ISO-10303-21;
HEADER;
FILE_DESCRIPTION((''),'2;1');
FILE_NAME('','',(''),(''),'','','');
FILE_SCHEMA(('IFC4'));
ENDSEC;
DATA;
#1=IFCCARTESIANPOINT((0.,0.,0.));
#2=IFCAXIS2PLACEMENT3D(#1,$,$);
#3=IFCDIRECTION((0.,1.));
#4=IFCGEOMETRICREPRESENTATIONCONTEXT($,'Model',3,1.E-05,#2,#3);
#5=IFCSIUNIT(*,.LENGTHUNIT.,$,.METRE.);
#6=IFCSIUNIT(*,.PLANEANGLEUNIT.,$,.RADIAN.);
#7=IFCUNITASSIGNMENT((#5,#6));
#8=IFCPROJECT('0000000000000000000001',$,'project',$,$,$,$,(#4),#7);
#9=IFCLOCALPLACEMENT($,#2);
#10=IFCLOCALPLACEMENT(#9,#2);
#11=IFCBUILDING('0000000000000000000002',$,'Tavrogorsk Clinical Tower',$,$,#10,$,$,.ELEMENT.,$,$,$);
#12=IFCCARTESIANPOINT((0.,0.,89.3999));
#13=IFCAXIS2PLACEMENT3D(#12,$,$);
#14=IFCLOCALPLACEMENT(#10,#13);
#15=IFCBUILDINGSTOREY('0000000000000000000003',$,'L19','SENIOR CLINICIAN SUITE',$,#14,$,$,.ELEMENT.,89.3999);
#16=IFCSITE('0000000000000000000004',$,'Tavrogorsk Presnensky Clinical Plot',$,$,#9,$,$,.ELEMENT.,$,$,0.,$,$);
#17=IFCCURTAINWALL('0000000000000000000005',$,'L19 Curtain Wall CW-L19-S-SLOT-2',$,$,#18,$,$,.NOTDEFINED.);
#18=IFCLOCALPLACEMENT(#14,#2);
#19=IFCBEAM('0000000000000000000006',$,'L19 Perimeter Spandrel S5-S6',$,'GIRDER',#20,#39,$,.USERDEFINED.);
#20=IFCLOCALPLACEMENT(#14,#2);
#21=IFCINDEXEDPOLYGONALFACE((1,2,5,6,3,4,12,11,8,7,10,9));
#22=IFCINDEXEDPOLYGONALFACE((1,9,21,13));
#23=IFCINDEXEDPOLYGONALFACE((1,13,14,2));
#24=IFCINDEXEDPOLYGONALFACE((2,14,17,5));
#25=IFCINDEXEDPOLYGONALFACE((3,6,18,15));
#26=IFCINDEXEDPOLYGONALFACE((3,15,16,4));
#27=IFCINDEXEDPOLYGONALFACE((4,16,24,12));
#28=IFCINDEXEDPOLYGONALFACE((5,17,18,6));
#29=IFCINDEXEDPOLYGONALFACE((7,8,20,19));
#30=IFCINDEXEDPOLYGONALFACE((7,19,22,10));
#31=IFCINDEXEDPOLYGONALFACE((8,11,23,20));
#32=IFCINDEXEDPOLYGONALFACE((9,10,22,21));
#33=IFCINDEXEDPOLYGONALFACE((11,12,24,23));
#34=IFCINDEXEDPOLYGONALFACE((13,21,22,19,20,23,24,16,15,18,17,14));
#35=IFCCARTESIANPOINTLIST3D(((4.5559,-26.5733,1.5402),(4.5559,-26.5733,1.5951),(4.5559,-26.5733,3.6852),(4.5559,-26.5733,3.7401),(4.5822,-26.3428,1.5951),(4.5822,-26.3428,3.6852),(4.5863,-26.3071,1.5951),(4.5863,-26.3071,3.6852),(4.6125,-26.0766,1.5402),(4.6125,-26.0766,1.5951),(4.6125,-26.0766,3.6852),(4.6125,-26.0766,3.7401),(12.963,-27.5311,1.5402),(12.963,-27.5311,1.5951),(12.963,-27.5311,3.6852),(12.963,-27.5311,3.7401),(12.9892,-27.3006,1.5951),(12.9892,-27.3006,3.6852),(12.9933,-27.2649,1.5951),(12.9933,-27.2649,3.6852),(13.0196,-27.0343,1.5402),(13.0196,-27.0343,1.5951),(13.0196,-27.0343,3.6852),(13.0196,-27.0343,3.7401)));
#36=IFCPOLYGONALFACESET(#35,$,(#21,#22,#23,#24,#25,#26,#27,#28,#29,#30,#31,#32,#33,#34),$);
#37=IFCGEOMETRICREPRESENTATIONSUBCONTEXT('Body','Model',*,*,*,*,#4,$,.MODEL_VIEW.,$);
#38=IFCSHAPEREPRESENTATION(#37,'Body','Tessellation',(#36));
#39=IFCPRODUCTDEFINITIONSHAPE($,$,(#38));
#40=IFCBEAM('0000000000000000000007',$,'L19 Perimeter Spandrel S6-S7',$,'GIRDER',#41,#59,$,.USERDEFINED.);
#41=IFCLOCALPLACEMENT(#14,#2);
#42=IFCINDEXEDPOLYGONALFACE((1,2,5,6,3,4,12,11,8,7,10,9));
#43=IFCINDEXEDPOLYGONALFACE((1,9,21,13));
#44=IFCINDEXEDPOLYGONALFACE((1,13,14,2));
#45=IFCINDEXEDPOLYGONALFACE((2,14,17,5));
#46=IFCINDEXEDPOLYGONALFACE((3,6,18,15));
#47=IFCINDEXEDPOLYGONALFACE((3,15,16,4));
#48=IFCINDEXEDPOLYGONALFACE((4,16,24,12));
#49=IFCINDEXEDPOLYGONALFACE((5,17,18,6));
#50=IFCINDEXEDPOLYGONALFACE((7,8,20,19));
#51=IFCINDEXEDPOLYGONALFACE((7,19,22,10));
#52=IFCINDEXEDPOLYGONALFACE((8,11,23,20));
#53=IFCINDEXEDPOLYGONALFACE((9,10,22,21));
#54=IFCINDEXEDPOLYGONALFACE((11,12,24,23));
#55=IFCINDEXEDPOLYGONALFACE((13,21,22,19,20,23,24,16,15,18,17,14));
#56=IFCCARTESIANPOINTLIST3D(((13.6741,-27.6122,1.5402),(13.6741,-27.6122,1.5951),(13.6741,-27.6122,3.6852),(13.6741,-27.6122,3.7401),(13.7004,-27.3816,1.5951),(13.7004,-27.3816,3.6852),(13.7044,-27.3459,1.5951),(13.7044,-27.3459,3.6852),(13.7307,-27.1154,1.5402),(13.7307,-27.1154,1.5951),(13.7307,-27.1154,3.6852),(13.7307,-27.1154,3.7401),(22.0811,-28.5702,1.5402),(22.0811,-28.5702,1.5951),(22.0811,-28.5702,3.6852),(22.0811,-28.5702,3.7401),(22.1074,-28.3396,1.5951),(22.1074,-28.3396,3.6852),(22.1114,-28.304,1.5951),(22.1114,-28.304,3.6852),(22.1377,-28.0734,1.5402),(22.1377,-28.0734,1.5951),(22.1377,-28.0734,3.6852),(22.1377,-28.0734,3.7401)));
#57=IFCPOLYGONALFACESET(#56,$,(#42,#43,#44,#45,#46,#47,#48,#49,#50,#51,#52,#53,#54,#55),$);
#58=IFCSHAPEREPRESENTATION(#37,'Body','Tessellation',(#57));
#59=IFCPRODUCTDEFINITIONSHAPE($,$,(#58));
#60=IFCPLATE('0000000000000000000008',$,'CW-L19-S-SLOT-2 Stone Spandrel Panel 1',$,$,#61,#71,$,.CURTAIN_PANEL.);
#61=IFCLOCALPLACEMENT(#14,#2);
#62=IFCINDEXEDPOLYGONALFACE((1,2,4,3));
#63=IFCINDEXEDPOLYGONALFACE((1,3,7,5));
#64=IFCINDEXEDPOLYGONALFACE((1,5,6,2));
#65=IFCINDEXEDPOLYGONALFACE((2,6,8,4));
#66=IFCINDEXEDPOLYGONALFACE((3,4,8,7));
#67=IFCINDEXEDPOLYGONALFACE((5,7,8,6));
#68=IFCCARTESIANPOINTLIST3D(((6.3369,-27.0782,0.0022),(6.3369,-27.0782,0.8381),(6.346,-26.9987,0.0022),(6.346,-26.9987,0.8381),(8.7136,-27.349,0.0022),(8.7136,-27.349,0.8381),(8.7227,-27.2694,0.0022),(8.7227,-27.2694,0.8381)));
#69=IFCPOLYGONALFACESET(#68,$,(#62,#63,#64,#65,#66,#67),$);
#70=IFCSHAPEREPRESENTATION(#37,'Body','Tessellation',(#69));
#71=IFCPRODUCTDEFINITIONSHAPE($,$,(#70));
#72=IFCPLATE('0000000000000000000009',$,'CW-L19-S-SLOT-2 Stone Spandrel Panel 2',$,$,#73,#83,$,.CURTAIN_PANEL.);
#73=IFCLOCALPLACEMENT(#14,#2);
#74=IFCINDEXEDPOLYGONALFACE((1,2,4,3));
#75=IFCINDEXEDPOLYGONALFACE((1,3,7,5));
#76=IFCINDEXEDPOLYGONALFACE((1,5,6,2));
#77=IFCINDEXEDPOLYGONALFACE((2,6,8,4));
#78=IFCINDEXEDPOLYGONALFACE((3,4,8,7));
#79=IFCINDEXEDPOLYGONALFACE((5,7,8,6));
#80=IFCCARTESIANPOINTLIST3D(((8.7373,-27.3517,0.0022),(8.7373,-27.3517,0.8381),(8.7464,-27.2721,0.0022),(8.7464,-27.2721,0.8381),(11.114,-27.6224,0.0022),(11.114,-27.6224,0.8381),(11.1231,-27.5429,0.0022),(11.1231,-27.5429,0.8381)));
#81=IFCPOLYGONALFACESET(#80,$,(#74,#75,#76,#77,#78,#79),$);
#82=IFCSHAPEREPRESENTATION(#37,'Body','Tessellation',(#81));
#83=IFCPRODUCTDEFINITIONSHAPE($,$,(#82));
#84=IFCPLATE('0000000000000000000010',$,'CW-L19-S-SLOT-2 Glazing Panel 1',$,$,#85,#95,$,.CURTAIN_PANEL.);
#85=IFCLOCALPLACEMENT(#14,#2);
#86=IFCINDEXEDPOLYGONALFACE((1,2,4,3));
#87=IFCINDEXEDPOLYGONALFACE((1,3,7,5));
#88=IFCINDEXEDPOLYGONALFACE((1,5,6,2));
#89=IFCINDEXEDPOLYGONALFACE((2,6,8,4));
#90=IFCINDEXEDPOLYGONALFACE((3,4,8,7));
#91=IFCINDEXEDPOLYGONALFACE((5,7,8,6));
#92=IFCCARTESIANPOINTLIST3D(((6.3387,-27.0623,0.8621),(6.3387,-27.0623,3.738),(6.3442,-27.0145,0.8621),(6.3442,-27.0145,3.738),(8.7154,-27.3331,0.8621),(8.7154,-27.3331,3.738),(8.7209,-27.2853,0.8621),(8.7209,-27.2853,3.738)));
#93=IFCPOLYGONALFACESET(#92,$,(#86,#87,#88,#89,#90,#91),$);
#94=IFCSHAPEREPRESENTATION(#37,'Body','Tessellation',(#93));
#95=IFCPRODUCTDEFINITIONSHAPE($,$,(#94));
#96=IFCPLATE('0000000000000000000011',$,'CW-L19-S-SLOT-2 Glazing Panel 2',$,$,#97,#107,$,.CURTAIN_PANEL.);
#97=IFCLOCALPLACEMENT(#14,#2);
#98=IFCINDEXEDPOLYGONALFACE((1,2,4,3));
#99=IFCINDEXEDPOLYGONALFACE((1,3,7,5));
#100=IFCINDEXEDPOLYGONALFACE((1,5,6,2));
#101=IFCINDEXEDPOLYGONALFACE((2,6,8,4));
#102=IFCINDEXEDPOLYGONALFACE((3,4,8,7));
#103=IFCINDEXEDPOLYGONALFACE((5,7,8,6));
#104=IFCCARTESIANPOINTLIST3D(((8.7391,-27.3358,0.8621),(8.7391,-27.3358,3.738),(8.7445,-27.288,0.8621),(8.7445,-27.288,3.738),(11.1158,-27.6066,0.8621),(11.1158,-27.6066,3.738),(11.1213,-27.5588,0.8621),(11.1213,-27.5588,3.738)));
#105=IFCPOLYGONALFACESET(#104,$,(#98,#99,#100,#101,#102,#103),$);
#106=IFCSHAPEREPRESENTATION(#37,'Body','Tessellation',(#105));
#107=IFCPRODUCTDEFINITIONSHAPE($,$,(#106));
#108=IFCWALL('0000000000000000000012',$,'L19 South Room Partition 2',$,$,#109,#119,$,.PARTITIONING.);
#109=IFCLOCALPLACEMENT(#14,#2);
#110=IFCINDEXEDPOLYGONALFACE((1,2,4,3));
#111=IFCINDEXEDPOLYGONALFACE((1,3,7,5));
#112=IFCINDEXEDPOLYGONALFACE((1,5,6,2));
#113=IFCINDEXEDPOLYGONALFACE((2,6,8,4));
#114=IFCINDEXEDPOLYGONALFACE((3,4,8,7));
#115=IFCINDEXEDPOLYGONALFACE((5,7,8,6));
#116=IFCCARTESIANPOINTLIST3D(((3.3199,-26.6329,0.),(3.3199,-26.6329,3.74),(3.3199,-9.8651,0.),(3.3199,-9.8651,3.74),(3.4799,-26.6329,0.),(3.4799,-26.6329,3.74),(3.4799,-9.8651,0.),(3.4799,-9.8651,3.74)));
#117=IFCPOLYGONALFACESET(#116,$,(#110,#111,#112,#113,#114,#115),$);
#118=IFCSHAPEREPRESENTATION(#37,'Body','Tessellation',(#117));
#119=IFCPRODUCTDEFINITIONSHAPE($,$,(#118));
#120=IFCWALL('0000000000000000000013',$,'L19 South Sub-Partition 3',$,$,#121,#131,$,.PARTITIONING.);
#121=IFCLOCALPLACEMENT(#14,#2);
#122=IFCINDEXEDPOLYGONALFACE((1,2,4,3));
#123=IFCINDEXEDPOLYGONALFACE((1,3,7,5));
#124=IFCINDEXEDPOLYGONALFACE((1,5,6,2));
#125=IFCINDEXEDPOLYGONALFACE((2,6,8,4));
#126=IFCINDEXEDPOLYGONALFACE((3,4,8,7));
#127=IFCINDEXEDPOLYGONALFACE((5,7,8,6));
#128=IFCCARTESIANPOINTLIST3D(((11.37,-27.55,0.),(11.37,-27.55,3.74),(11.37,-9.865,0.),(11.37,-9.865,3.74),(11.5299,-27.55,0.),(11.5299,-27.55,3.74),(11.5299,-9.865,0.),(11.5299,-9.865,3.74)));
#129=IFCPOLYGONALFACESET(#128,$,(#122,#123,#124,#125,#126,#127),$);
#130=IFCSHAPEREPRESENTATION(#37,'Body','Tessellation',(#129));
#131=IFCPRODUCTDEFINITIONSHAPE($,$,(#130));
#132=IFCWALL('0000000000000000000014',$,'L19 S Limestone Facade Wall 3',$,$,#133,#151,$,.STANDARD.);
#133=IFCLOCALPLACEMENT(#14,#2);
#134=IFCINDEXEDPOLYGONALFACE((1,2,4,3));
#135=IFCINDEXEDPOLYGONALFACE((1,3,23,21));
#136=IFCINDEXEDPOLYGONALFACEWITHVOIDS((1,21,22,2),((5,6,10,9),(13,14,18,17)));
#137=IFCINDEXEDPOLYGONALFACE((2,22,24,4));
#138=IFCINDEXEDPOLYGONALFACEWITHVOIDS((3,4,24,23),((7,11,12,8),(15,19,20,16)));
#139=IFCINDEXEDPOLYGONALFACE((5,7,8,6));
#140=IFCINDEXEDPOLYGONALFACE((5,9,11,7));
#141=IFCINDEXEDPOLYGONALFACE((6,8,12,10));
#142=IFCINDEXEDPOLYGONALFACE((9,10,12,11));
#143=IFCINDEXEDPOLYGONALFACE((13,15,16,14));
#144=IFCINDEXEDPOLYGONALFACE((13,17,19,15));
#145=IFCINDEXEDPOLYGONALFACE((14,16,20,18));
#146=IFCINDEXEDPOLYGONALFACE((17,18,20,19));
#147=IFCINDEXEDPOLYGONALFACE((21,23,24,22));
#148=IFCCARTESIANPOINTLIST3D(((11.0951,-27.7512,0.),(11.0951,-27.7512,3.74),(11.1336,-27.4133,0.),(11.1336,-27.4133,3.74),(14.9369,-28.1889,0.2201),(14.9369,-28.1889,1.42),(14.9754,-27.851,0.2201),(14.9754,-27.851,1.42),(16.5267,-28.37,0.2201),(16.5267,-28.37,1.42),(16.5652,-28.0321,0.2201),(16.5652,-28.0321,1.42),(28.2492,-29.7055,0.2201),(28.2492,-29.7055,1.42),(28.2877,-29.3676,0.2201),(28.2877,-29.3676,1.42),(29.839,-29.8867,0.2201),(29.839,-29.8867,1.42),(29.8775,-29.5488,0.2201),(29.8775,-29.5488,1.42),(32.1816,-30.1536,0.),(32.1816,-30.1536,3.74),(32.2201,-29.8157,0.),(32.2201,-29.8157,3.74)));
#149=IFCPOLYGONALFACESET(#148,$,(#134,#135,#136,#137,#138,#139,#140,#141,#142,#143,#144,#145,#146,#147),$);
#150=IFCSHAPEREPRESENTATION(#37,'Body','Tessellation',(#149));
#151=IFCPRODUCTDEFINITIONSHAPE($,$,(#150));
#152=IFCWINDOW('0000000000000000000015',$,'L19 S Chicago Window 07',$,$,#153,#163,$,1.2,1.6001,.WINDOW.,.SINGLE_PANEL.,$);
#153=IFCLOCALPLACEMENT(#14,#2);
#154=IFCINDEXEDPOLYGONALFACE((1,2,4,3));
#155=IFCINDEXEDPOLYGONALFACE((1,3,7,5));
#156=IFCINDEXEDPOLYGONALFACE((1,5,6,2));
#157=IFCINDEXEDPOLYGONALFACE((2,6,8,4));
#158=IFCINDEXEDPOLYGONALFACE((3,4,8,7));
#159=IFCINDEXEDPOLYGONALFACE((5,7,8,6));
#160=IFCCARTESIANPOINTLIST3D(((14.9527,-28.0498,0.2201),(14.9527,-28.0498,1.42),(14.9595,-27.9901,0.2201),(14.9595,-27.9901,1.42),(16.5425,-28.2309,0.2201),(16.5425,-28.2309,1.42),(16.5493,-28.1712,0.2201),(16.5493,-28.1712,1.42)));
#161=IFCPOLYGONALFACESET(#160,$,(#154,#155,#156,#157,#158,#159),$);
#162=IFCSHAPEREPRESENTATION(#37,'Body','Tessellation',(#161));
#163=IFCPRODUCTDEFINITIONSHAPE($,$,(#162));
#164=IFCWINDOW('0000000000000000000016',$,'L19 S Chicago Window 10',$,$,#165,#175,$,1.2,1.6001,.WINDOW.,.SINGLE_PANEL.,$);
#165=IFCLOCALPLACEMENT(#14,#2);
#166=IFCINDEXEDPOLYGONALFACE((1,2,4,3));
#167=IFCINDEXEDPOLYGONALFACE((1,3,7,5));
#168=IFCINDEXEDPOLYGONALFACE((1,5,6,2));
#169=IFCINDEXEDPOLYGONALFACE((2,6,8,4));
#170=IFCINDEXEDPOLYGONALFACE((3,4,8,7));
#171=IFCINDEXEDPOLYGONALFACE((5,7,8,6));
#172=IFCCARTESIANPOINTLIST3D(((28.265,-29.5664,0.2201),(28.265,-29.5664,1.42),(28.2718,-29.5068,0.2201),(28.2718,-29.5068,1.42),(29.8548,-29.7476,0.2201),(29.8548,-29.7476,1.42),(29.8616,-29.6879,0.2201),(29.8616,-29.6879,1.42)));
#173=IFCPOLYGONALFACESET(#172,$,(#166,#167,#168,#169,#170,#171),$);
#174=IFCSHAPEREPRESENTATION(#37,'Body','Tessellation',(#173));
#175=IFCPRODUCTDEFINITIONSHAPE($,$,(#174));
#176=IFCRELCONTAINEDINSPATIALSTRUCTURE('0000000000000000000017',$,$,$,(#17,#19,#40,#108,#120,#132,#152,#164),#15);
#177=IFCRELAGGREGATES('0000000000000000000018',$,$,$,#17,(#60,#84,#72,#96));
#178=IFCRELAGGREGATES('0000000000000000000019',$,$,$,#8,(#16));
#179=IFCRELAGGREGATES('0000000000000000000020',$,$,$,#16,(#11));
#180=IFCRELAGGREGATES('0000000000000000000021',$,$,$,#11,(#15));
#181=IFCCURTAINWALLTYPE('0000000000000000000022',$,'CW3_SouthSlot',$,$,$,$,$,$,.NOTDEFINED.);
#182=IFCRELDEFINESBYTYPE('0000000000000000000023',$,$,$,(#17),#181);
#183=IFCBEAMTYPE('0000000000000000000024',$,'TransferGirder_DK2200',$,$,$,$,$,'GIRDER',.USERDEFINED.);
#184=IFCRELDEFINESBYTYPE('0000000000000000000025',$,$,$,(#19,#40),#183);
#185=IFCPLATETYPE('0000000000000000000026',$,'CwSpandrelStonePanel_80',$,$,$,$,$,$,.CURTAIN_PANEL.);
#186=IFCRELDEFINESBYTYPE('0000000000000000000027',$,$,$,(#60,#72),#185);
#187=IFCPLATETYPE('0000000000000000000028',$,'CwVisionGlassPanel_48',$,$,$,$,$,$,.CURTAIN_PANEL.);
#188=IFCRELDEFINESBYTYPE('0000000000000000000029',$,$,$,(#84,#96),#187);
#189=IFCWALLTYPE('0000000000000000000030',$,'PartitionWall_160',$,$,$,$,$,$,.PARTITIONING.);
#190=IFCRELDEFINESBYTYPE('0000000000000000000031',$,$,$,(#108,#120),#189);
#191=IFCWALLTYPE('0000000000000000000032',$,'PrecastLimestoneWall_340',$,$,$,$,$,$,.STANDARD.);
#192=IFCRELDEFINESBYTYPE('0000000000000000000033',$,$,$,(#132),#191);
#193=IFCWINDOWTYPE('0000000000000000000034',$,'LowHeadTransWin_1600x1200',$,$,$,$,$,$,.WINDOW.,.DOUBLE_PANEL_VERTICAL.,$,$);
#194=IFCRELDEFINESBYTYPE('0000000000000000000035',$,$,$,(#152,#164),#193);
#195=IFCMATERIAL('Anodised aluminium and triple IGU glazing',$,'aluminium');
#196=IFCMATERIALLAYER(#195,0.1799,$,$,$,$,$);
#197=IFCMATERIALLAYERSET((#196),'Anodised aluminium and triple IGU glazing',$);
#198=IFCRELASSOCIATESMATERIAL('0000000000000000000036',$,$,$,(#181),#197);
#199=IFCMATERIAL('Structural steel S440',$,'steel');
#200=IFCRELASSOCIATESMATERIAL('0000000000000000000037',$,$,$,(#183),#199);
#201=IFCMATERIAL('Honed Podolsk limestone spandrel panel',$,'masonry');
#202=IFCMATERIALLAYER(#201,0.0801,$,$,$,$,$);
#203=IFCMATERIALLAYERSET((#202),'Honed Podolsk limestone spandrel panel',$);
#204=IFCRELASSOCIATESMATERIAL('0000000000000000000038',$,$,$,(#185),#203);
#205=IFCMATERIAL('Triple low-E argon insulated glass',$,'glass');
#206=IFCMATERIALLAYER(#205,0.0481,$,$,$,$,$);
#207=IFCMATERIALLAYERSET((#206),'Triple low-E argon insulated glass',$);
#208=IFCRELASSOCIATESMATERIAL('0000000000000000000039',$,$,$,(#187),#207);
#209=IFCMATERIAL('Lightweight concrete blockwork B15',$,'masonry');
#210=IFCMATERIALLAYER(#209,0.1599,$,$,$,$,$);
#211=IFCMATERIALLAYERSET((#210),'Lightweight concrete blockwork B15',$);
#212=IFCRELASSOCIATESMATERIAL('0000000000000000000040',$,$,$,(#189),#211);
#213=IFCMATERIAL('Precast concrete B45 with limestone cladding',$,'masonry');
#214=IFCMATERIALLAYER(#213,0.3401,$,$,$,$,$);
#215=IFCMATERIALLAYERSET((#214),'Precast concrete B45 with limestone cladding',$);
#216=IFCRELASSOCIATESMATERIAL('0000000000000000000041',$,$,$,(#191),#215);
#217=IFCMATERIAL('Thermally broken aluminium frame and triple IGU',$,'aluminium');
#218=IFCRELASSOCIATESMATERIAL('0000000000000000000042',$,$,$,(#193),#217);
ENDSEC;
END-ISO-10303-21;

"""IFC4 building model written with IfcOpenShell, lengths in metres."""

from ifc_helpers import new_model, si_unit, direction, frame, frame_2d, origin, origin_2d, place, context, subcontext, project, spatial, rectangle, i_section, extrude, material, layer, layer_set, material_profile, profile_set, type_object, element, fill, aggregate, save


model = new_model("IFC4")

# Units and contexts
model_context = context("Model", 3, precision=1e-05, world=origin(), true_north=direction((0.0, 1.0)))
body_context = subcontext(model_context, "Body", "Model", "MODEL_VIEW")
ifc_project = project(units=[si_unit("LENGTHUNIT", "METRE"), si_unit("PLANEANGLEUNIT", "RADIAN")], contexts=[model_context])

# Site, building, storey
site_placement = place(None, origin())
site = spatial("IfcSite", under=ifc_project, at=site_placement, Name="Tavrogorsk Presnensky Clinical Plot", CompositionType="ELEMENT", RefElevation=0.0)
building_placement = place(site_placement, origin())
building = spatial("IfcBuilding", under=site, at=building_placement, Name="Tavrogorsk Clinical Tower", CompositionType="ELEMENT")
storey_placement = place(building_placement, frame((0.0, 0.0, 89.3999)))
storey = spatial("IfcBuildingStorey", under=building, at=storey_placement, Name="L19", Description="SENIOR CLINICIAN SUITE", CompositionType="ELEMENT", Elevation=89.3999)

# Curtain wall
ifc_material_1 = material(Name="Anodised aluminium and triple IGU glazing", Category="aluminium")
ifc_layer_1 = layer(ifc_material_1, 0.1799)
ifc_layer_set_1 = layer_set([ifc_layer_1], Name="Anodised aluminium and triple IGU glazing")
curtain_wall_type = type_object("IfcCurtainWallType", Name="CW3_SouthSlot", PredefinedType="NOTDEFINED", material=ifc_layer_set_1)
curtain_wall_placement = place(storey_placement, origin())
curtain_wall = element("IfcCurtainWall", 1, at=curtain_wall_placement, inside=storey, type_object=curtain_wall_type, Name="L19 Curtain Wall CW-L19-S-SLOT-2", PredefinedType="NOTDEFINED")

# Beams
ifc_material_2 = material(Name="Structural steel S440", Category="steel")
ifc_material_profile_1 = material_profile(ifc_material_2, i_section(OverallWidth=0.5, OverallDepth=2.2, WebThickness=0.0359, FlangeThickness=0.0549, at=origin_2d()), Name="DK-2200x500x36x55")
ifc_profile_set_1 = profile_set([ifc_material_profile_1], Name="Structural steel S440")
beam_type = type_object("IfcBeamType", Name="TransferGirder_DK2200", ElementType="GIRDER", PredefinedType="USERDEFINED", material=ifc_profile_set_1)
for number, where, z_axis, x_axis, name in (
    (2, (4.5842, -26.325, 2.6401), (0.993573, -0.113193, 0.0), (0.113193, 0.993573, 0.0), "L19 Perimeter Spandrel S5-S6"),
    (3, (13.7024, -27.3638, 2.6401), (0.99357, -0.113221, 0.0), (0.113221, 0.99357, 0.0), "L19 Perimeter Spandrel S6-S7"),
):
    element("IfcBeam", number, at=place(storey_placement, frame(where, z_axis=z_axis, x_axis=x_axis)), inside=storey, type_object=beam_type, Name=name, ObjectType="GIRDER", PredefinedType="USERDEFINED", context=body_context, shape_type="SweptSolid", body=[
        extrude(i_section(OverallWidth=0.5, OverallDepth=2.2, WebThickness=0.0359, FlangeThickness=0.0549, at=origin_2d()), origin(), (0.0, 0.0, 1.0), 8.4614),
    ])

# Plates
ifc_material_3 = material(Name="Honed Podolsk limestone spandrel panel", Category="masonry")
ifc_layer_2 = layer(ifc_material_3, 0.0801)
ifc_layer_set_2 = layer_set([ifc_layer_2], Name="Honed Podolsk limestone spandrel panel")
plate_type_1 = type_object("IfcPlateType", Name="CwSpandrelStonePanel_80", PredefinedType="CURTAIN_PANEL", material=ifc_layer_set_2)
plate_1_placement = place(storey_placement, frame((7.5298, -27.1738, 0.0022), z_axis=(0.0, 0.0, 1.0), x_axis=(0.993572, -0.113203, 0.0)))
plate_1 = element("IfcPlate", 4, at=plate_1_placement, type_object=plate_type_1, Name="CW-L19-S-SLOT-2 Stone Spandrel Panel 1", PredefinedType="CURTAIN_PANEL", context=body_context, shape_type="SweptSolid", body=[
    extrude(rectangle(XDim=2.3921, YDim=0.0801, at=origin_2d()), origin(), (0.0, 0.0, 1.0), 0.8359),
])
plate_2_placement = place(storey_placement, frame((9.9302, -27.4473, 0.0022), z_axis=(0.0, 0.0, 1.0), x_axis=(0.993572, -0.113203, 0.0)))
plate_2 = element("IfcPlate", 5, at=plate_2_placement, type_object=plate_type_1, Name="CW-L19-S-SLOT-2 Stone Spandrel Panel 2", PredefinedType="CURTAIN_PANEL", context=body_context, shape_type="SweptSolid", body=[
    extrude(rectangle(XDim=2.3921, YDim=0.0801, at=origin_2d()), origin(), (0.0, 0.0, 1.0), 0.8359),
])
ifc_material_4 = material(Name="Triple low-E argon insulated glass", Category="glass")
ifc_layer_3 = layer(ifc_material_4, 0.0481)
ifc_layer_set_3 = layer_set([ifc_layer_3], Name="Triple low-E argon insulated glass")
plate_type_2 = type_object("IfcPlateType", Name="CwVisionGlassPanel_48", PredefinedType="CURTAIN_PANEL", material=ifc_layer_set_3)
plate_3_placement = place(storey_placement, frame((7.5298, -27.1738, 0.8621), z_axis=(0.0, 0.0, 1.0), x_axis=(0.993572, -0.113203, 0.0)))
plate_3 = element("IfcPlate", 6, at=plate_3_placement, type_object=plate_type_2, Name="CW-L19-S-SLOT-2 Glazing Panel 1", PredefinedType="CURTAIN_PANEL", context=body_context, shape_type="SweptSolid", body=[
    extrude(rectangle(XDim=2.3921, YDim=0.0481, at=origin_2d()), origin(), (0.0, 0.0, 1.0), 2.876),
])
plate_4_placement = place(storey_placement, frame((9.9302, -27.4473, 0.8621), z_axis=(0.0, 0.0, 1.0), x_axis=(0.993572, -0.113203, 0.0)))
plate_4 = element("IfcPlate", 7, at=plate_4_placement, type_object=plate_type_2, Name="CW-L19-S-SLOT-2 Glazing Panel 2", PredefinedType="CURTAIN_PANEL", context=body_context, shape_type="SweptSolid", body=[
    extrude(rectangle(XDim=2.3921, YDim=0.0481, at=origin_2d()), origin(), (0.0, 0.0, 1.0), 2.876),
])
aggregate(curtain_wall, [plate_1, plate_3, plate_2, plate_4])

# Walls
ifc_material_5 = material(Name="Lightweight concrete blockwork B15", Category="masonry")
ifc_layer_4 = layer(ifc_material_5, 0.1599)
ifc_layer_set_4 = layer_set([ifc_layer_4], Name="Lightweight concrete blockwork B15")
wall_type_1 = type_object("IfcWallType", Name="PartitionWall_160", PredefinedType="PARTITIONING", material=ifc_layer_set_4)
wall_1_placement = place(storey_placement, frame((3.3999, -26.6328, 0.0), z_axis=(0.0, 0.0, 1.0), x_axis=(0.0, 1.0, 0.0)))
element("IfcWall", 8, at=wall_1_placement, inside=storey, type_object=wall_type_1, Name="L19 South Room Partition 2", PredefinedType="PARTITIONING", context=body_context, shape_type="SweptSolid", body=[
    extrude(rectangle(XDim=16.7678, YDim=0.1599, at=frame_2d((8.3838, 0.0))), origin(), (0.0, 0.0, 1.0), 3.74),
])
wall_2_placement = place(storey_placement, frame((11.45, -27.55, 0.0), z_axis=(0.0, 0.0, 1.0), x_axis=(0.0, 1.0, 0.0)))
element("IfcWall", 9, at=wall_2_placement, inside=storey, type_object=wall_type_1, Name="L19 South Sub-Partition 3", PredefinedType="PARTITIONING", context=body_context, shape_type="SweptSolid", body=[
    extrude(rectangle(XDim=17.6851, YDim=0.1599, at=frame_2d((8.8425, 0.0))), origin(), (0.0, 0.0, 1.0), 3.74),
])

# Wall, openings, windows
ifc_material_6 = material(Name="Precast concrete B45 with limestone cladding", Category="masonry")
ifc_layer_5 = layer(ifc_material_6, 0.3401)
ifc_layer_set_5 = layer_set([ifc_layer_5], Name="Precast concrete B45 with limestone cladding")
wall_type_2 = type_object("IfcWallType", Name="PrecastLimestoneWall_340", PredefinedType="STANDARD", material=ifc_layer_set_5)
wall_3_placement = place(storey_placement, frame((11.1145, -27.5823, 0.0), z_axis=(0.0, 0.0, 1.0), x_axis=(0.993573, -0.113196, 0.0)))
wall_3 = element("IfcWall", 10, at=wall_3_placement, inside=storey, type_object=wall_type_2, Name="L19 S Limestone Facade Wall 3", PredefinedType="STANDARD", context=body_context, shape_type="SweptSolid", body=[
    extrude(rectangle(XDim=21.2229, YDim=0.3401, at=frame_2d((10.6113, 0.0))), origin(), (0.0, 0.0, 1.0), 3.74),
])
opening_1_placement = place(wall_3_placement, frame((3.8665, 0.0, 0.22)))
opening_1 = element("IfcOpeningElement", 11, at=opening_1_placement, cuts=wall_3, PredefinedType="OPENING", context=body_context, shape_type="SweptSolid", body=[
    extrude(rectangle(XDim=1.6001, YDim=1.2, at=frame_2d((0.8, 0.6001))), frame((0.0, 0.1799, 0.0), z_axis=(0.0, -1.0, 0.0), x_axis=(1.0, 0.0, 0.0)), (0.0, 0.0, 1.0), 0.3601),
])
opening_2_placement = place(wall_3_placement, frame((17.2649, 0.0, 0.22)))
opening_2 = element("IfcOpeningElement", 12, at=opening_2_placement, cuts=wall_3, PredefinedType="OPENING", context=body_context, shape_type="SweptSolid", body=[
    extrude(rectangle(XDim=1.6001, YDim=1.2, at=frame_2d((0.8, 0.6001))), frame((0.0, 0.1799, 0.0), z_axis=(0.0, -1.0, 0.0), x_axis=(1.0, 0.0, 0.0)), (0.0, 0.0, 1.0), 0.3601),
])
ifc_material_7 = material(Name="Thermally broken aluminium frame and triple IGU", Category="aluminium")
window_type = type_object("IfcWindowType", Name="LowHeadTransWin_1600x1200", PartitioningType="DOUBLE_PANEL_VERTICAL", PredefinedType="WINDOW", material=ifc_material_7)
window_1_placement = place(opening_1_placement, origin())
window_1 = element("IfcWindow", 13, at=window_1_placement, inside=storey, type_object=window_type, Name="L19 S Chicago Window 07", OverallHeight=1.2, OverallWidth=1.6001, PartitioningType="SINGLE_PANEL", PredefinedType="WINDOW", context=body_context, shape_type="SweptSolid", body=[
    extrude(rectangle(XDim=1.6001, YDim=1.2, at=frame_2d((0.8, 0.6001))), frame((0.0, 0.03, 0.0), z_axis=(0.0, -1.0, 0.0), x_axis=(1.0, 0.0, 0.0)), (0.0, 0.0, 1.0), 0.0601),
])
fill(opening_1, window_1)
window_2_placement = place(opening_2_placement, origin())
window_2 = element("IfcWindow", 14, at=window_2_placement, inside=storey, type_object=window_type, Name="L19 S Chicago Window 10", OverallHeight=1.2, OverallWidth=1.6001, PartitioningType="SINGLE_PANEL", PredefinedType="WINDOW", context=body_context, shape_type="SweptSolid", body=[
    extrude(rectangle(XDim=1.6001, YDim=1.2, at=frame_2d((0.8, 0.6001))), frame((0.0, 0.03, 0.0), z_axis=(0.0, -1.0, 0.0), x_axis=(1.0, 0.0, 0.0)), (0.0, 0.0, 1.0), 0.0601),
])
fill(opening_2, window_2)

save(model, "model.ifc")
